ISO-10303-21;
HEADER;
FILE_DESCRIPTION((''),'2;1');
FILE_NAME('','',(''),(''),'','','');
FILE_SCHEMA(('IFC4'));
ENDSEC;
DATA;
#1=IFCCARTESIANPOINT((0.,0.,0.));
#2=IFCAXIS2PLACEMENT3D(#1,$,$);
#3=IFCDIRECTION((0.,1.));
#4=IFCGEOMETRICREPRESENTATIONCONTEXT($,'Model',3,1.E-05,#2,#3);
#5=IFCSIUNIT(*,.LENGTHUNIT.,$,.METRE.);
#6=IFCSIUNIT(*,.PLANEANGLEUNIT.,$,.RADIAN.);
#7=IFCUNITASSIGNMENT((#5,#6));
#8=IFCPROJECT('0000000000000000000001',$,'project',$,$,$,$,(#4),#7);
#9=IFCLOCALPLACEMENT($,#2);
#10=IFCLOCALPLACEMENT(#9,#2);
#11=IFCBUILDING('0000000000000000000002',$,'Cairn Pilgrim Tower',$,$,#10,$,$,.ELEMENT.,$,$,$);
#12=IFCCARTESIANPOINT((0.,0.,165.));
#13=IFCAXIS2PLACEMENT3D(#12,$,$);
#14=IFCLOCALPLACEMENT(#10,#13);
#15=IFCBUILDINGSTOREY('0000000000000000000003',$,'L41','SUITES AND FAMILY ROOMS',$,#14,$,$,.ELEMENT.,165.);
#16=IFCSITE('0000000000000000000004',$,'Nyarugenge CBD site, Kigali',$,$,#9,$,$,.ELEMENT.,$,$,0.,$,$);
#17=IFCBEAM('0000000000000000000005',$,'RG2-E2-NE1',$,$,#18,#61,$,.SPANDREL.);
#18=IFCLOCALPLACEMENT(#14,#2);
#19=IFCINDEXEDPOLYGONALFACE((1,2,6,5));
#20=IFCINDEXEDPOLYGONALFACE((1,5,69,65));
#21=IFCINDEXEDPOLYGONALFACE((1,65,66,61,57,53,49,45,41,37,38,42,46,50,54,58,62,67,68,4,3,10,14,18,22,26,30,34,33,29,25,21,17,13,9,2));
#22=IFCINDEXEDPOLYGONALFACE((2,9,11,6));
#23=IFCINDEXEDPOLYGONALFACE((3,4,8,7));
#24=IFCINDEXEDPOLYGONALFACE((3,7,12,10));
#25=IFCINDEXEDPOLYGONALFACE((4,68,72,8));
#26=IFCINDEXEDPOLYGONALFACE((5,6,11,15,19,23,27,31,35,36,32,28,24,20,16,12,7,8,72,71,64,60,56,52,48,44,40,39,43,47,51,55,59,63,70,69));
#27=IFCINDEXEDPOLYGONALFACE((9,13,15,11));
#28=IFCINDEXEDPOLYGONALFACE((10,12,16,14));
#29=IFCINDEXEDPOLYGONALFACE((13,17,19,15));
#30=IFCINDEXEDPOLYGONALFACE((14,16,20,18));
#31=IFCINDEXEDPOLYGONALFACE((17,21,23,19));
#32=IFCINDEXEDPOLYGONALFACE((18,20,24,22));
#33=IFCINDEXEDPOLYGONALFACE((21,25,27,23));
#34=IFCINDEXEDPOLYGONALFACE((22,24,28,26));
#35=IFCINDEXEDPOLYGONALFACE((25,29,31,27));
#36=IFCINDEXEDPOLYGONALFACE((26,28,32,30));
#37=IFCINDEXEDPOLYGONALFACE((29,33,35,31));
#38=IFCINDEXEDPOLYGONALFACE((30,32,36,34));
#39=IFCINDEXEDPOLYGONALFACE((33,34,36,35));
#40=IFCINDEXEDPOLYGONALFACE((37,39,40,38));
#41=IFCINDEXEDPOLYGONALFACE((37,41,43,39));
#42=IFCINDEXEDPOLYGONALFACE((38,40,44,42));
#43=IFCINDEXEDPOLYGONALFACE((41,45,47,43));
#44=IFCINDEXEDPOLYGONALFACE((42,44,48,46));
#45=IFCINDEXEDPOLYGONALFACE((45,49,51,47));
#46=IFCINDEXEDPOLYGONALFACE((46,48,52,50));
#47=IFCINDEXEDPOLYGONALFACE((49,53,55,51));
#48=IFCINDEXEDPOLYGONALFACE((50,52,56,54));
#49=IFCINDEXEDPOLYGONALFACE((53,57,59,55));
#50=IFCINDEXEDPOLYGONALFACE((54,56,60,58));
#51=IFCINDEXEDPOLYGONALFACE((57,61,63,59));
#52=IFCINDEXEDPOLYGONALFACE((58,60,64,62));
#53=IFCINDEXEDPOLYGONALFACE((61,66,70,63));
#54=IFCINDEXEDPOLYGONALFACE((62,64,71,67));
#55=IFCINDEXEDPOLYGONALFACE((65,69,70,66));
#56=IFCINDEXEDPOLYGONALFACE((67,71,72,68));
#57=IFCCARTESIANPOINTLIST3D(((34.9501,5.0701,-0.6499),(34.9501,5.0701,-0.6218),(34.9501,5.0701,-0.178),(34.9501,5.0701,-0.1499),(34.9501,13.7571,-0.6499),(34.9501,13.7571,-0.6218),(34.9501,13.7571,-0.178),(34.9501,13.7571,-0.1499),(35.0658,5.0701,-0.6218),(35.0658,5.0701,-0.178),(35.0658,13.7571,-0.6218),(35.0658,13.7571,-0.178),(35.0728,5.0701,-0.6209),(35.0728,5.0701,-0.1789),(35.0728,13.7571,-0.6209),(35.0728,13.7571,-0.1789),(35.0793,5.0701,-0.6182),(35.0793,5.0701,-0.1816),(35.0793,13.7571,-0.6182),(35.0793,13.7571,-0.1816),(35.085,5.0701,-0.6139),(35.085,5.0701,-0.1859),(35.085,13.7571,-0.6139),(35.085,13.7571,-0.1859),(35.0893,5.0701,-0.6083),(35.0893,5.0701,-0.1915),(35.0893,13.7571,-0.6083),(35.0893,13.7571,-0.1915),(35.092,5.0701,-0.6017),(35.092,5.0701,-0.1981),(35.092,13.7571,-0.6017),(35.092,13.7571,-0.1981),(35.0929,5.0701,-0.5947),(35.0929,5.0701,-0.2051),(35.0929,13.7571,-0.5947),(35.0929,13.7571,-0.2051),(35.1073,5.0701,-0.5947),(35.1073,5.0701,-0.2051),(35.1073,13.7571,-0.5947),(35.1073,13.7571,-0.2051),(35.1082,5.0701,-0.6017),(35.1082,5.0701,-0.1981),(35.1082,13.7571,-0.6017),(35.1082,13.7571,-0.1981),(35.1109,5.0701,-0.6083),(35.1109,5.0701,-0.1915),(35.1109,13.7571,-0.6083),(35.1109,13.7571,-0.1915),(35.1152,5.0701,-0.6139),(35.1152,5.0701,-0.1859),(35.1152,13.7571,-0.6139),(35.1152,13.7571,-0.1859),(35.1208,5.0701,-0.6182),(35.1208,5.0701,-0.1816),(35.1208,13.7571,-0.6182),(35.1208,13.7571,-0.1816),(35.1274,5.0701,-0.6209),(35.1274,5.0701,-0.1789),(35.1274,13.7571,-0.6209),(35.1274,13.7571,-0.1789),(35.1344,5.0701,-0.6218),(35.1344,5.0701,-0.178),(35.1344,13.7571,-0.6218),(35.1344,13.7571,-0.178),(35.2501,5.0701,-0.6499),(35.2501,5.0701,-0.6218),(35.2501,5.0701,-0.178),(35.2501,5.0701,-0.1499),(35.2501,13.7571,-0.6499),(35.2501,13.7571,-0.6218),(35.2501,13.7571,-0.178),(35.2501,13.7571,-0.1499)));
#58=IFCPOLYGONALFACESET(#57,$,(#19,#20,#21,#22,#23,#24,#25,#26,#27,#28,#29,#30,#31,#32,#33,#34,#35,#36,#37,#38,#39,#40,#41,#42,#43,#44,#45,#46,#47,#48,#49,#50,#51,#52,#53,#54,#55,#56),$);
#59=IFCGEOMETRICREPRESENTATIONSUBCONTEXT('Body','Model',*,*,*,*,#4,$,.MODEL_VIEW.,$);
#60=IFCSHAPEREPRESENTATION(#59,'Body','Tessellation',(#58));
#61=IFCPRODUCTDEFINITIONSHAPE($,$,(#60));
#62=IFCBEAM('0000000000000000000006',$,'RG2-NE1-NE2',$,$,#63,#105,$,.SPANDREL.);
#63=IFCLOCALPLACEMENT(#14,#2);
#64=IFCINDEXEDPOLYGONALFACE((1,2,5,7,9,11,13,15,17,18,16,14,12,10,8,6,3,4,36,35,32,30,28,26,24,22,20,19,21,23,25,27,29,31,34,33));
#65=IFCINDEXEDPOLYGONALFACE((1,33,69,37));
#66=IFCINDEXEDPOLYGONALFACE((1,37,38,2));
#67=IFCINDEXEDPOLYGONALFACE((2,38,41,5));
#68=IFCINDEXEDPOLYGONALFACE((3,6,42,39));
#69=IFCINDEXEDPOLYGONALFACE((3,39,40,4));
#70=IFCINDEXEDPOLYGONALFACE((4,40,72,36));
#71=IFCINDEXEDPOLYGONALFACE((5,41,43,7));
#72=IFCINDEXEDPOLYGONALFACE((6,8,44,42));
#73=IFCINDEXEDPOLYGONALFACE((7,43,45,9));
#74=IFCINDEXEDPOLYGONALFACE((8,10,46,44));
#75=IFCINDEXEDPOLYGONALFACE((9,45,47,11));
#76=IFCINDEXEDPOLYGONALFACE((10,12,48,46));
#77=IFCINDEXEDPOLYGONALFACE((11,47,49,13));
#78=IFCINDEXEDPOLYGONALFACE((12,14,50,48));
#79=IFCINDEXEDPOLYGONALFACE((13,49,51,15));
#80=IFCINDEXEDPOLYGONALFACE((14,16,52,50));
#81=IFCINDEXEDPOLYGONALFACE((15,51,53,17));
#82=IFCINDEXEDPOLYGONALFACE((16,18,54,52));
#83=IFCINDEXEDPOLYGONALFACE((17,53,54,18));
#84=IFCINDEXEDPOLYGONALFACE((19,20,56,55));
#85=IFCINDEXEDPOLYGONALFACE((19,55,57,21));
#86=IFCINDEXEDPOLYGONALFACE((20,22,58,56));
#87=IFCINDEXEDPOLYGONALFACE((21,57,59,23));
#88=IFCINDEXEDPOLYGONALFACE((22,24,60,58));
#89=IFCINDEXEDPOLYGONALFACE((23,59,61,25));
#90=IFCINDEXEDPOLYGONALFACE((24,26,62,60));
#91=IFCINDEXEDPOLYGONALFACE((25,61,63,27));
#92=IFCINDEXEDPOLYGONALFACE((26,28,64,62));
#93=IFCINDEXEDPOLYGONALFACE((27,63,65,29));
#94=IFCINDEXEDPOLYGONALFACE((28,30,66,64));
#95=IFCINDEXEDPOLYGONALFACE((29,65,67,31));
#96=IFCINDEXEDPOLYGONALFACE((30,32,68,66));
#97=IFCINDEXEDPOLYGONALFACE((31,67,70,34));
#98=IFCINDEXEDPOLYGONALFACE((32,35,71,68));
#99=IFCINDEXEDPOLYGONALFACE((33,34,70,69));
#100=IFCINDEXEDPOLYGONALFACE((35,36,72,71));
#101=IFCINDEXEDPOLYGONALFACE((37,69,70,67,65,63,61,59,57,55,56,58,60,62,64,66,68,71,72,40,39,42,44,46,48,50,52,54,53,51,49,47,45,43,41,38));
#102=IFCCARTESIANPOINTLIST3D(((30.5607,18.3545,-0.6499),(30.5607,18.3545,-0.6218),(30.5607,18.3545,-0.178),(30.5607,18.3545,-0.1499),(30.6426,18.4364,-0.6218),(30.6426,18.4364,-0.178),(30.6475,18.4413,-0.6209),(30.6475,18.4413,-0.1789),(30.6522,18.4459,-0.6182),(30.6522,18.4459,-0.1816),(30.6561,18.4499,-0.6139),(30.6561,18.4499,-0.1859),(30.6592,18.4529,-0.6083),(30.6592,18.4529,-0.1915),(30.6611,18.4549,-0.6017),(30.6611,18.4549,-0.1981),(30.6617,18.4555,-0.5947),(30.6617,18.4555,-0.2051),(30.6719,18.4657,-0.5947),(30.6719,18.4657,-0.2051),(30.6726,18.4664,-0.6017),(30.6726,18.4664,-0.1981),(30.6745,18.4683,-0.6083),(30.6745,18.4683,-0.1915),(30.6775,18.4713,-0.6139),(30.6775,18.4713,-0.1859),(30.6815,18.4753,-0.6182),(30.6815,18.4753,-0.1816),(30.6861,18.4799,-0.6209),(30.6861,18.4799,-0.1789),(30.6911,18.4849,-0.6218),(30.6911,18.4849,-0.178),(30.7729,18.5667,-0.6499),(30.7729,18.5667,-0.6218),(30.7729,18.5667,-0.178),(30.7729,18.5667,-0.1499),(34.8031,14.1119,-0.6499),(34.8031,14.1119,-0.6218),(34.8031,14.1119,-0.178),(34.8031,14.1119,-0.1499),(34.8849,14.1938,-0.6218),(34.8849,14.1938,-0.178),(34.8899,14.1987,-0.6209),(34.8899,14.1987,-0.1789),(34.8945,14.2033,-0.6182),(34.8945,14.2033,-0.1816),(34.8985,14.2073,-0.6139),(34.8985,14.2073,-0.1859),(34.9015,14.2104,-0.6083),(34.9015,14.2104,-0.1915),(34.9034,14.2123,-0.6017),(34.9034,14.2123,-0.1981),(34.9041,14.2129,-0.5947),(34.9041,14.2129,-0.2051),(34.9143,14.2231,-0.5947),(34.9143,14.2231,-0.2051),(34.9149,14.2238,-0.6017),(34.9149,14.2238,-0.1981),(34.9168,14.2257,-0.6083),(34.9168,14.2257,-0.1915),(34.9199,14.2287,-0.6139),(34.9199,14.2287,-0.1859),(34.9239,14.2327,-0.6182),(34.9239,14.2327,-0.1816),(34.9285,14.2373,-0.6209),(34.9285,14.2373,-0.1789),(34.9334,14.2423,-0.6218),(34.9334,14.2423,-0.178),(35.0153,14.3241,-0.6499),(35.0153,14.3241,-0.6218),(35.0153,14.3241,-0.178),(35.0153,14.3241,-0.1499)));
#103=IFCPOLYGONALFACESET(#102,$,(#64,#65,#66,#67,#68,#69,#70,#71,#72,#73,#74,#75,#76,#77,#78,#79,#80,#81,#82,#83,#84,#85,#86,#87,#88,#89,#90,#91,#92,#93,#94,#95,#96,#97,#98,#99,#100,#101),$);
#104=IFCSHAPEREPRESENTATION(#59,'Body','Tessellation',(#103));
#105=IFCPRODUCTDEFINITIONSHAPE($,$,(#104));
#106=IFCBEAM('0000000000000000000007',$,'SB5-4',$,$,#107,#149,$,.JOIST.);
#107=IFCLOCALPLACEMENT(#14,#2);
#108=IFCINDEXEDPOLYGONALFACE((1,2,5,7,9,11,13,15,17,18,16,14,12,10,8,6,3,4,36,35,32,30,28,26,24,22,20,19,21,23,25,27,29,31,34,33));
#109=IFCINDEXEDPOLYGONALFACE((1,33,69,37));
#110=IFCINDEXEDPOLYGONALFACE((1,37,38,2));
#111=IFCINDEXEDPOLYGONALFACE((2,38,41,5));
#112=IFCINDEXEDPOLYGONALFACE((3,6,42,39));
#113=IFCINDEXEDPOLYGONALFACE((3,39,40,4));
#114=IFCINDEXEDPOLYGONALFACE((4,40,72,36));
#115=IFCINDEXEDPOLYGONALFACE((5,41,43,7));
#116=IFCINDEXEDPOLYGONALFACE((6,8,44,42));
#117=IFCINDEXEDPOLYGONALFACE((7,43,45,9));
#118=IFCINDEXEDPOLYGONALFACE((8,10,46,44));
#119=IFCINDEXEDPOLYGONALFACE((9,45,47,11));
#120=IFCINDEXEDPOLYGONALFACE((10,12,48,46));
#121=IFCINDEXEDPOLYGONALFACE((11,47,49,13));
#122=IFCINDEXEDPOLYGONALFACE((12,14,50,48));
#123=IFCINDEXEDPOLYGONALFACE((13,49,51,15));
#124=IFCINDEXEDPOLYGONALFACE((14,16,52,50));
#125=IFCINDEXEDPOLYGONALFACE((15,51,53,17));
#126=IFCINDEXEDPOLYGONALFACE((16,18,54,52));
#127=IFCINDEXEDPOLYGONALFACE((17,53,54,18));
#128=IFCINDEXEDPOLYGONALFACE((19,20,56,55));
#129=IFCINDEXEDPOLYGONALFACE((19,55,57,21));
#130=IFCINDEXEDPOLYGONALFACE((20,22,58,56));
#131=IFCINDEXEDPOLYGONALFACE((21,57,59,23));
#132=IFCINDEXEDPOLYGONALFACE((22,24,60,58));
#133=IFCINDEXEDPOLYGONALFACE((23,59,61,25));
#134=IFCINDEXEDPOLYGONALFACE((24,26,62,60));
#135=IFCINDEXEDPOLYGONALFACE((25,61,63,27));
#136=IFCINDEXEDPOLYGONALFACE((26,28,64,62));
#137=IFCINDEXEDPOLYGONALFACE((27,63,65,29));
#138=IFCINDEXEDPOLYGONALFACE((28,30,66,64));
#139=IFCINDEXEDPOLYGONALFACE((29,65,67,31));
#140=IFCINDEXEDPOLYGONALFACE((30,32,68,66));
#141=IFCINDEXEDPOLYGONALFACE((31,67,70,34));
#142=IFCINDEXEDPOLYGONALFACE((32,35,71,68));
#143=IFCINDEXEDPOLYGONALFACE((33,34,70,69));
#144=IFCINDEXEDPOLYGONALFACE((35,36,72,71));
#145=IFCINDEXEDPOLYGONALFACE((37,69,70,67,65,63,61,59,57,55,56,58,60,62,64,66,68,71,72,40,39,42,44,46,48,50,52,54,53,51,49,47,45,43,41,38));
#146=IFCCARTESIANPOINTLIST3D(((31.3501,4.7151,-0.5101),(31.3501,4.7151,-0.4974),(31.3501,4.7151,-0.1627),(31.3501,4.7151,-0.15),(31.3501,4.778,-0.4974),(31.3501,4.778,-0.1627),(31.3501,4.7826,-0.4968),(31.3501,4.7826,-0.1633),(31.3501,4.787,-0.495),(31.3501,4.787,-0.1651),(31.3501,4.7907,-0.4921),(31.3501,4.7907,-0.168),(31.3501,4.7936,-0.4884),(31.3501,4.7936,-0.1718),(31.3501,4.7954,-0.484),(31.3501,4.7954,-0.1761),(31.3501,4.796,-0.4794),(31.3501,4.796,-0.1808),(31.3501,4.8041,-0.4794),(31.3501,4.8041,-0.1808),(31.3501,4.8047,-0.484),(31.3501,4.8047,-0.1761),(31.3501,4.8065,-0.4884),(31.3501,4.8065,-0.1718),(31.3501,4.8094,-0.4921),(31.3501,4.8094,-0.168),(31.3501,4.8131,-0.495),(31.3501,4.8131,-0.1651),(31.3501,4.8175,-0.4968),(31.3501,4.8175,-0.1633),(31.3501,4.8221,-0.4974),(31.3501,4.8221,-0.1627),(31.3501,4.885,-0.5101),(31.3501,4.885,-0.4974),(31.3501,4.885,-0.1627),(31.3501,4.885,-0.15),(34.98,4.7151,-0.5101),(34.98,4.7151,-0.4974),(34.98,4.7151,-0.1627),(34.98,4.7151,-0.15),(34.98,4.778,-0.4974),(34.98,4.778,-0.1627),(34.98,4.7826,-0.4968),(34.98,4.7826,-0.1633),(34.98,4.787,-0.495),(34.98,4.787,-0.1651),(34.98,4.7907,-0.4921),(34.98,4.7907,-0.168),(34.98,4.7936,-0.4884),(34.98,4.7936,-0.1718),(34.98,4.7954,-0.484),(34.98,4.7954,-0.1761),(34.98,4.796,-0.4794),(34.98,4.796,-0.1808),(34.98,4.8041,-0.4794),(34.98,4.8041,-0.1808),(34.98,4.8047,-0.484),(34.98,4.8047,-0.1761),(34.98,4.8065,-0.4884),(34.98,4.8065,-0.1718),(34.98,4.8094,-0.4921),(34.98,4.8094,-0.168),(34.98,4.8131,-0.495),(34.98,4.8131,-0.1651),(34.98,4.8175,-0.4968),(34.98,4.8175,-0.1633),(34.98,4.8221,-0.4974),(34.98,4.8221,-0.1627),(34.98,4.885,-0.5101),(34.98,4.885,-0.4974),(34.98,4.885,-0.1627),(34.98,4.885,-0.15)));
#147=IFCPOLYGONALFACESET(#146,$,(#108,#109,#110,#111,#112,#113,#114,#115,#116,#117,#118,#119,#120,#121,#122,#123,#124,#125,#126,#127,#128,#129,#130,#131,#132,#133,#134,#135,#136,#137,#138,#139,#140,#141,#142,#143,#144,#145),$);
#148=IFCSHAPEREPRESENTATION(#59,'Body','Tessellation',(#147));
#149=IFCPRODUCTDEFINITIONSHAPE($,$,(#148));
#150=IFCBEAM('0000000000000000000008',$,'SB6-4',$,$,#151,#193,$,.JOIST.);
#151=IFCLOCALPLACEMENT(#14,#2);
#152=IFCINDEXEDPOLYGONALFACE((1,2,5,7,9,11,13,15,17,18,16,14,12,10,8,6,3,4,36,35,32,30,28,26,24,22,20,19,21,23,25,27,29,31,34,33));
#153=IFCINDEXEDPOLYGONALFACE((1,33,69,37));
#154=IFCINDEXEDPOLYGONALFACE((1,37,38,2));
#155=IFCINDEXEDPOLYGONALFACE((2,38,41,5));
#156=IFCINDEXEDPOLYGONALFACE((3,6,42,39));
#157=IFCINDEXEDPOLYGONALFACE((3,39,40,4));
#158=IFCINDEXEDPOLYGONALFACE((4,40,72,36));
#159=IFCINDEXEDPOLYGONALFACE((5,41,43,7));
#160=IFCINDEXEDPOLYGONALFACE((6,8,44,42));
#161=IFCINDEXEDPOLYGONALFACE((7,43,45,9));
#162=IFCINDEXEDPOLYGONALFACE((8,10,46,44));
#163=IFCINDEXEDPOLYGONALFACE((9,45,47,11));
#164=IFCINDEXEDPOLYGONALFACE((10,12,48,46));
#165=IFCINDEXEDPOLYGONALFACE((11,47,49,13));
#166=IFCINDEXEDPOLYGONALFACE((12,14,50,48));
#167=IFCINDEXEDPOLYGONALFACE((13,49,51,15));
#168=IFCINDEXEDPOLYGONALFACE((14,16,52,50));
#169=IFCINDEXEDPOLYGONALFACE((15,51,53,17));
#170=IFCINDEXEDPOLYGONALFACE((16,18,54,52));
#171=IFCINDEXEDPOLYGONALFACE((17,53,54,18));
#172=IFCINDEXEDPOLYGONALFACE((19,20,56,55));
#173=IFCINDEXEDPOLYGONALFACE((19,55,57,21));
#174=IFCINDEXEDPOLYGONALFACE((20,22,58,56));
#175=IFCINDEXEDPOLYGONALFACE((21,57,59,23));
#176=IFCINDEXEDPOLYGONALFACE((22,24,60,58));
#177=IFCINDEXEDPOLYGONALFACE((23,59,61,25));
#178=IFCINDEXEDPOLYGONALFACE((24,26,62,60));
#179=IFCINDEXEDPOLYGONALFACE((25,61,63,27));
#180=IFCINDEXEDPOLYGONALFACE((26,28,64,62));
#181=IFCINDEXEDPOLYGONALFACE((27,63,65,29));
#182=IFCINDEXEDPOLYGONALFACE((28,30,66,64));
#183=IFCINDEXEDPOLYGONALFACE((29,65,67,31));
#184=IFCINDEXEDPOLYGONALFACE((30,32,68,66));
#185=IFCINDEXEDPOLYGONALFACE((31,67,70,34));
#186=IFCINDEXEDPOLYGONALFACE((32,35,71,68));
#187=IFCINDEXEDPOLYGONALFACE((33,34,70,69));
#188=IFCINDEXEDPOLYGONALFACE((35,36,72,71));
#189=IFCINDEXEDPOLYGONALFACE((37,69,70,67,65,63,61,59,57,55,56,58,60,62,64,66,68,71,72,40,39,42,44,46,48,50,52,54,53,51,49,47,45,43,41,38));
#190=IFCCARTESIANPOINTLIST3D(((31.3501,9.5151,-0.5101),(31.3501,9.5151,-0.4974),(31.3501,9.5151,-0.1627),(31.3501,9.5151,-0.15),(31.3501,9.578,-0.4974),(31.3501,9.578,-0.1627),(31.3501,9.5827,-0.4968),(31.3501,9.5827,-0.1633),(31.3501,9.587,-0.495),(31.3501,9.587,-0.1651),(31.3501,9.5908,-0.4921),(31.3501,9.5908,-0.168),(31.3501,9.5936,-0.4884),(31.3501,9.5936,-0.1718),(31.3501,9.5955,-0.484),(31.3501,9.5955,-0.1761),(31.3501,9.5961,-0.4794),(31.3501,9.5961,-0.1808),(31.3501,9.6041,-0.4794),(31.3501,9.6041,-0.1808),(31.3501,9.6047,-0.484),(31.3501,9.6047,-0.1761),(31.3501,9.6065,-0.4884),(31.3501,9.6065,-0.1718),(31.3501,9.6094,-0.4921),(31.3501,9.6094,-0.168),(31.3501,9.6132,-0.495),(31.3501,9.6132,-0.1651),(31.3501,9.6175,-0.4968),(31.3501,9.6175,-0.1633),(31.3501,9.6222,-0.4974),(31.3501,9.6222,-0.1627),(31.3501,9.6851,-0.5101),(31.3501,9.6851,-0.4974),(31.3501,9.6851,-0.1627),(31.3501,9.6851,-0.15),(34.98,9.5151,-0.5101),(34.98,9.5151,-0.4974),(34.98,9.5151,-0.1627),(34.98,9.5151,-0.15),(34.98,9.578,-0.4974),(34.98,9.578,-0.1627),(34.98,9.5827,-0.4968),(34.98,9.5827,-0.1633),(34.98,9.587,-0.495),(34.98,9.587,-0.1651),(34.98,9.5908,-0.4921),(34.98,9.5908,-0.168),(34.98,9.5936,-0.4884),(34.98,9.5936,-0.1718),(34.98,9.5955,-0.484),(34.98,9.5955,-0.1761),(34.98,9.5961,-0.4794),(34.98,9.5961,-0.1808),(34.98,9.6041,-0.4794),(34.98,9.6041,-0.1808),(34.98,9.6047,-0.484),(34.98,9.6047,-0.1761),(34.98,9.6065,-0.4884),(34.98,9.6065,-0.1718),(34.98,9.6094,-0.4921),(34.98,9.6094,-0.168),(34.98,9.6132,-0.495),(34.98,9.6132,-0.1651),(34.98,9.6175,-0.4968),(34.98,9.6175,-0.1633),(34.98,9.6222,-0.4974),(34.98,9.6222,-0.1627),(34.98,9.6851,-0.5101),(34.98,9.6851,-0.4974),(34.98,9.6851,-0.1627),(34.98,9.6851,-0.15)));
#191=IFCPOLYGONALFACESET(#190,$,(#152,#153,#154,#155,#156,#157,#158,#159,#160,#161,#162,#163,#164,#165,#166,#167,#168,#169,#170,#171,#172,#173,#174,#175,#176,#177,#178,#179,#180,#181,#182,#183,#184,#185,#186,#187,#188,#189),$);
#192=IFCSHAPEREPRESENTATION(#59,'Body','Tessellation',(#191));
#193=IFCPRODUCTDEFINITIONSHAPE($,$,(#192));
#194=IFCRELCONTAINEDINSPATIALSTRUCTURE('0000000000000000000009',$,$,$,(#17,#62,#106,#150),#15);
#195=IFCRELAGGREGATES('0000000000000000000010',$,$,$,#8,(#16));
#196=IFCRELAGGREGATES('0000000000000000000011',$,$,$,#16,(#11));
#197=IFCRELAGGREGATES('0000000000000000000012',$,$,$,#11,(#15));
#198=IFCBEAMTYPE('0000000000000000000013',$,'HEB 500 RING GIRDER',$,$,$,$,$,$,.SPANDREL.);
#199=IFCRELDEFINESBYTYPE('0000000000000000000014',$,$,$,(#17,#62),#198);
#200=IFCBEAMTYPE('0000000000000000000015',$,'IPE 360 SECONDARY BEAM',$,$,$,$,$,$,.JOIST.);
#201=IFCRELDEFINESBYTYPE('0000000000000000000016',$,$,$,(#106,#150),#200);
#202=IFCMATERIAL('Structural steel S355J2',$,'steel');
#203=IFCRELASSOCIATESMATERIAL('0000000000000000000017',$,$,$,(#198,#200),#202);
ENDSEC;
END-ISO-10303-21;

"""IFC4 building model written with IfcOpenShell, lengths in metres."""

from ifc_helpers import new_model, si_unit, direction, frame, origin, origin_2d, place, context, subcontext, project, spatial, i_section, extrude, material, material_profile, profile_set, type_object, element, save


model = new_model("IFC4")

# Units and contexts
model_context = context("Model", 3, precision=1e-05, world=origin(), true_north=direction((0.0, 1.0)))
body_context = subcontext(model_context, "Body", "Model", "MODEL_VIEW")
ifc_project = project(units=[si_unit("LENGTHUNIT", "METRE"), si_unit("PLANEANGLEUNIT", "RADIAN")], contexts=[model_context])

# Site, building, storey
site_placement = place(None, origin())
site = spatial("IfcSite", under=ifc_project, at=site_placement, Name="Nyarugenge CBD site, Kigali", CompositionType="ELEMENT", RefElevation=0.0)
building_placement = place(site_placement, origin())
building = spatial("IfcBuilding", under=site, at=building_placement, Name="Cairn Pilgrim Tower", CompositionType="ELEMENT")
storey_placement = place(building_placement, frame((0.0, 0.0, 165.0)))
storey = spatial("IfcBuildingStorey", under=building, at=storey_placement, Name="L41", Description="SUITES AND FAMILY ROOMS", CompositionType="ELEMENT", Elevation=165.0)

# Beams
ifc_material_1 = material(Name="Structural steel S355J2", Category="steel")
ifc_material_profile_1 = material_profile(ifc_material_1, i_section(OverallWidth=0.3, OverallDepth=0.5, WebThickness=0.0144, FlangeThickness=0.0281, FilletRadius=0.0271, at=origin_2d()), Name="HEB 500")
ifc_profile_set_1 = profile_set([ifc_material_profile_1], Name="Structural steel S355J2")
beam_type_1 = type_object("IfcBeamType", Name="HEB 500 RING GIRDER", PredefinedType="SPANDREL", material=ifc_profile_set_1)
beam_1_placement = place(storey_placement, frame((35.1001, 5.0701, -0.3999), z_axis=(0.0, 1.0, 0.0), x_axis=(-1.0, 0.0, 0.0)))
element("IfcBeam", 1, at=beam_1_placement, inside=storey, type_object=beam_type_1, Name="RG2-E2-NE1", PredefinedType="SPANDREL", context=body_context, shape_type="SweptSolid", body=[
    extrude(i_section(OverallWidth=0.3, OverallDepth=0.5, WebThickness=0.0144, FlangeThickness=0.0281, FilletRadius=0.0271, at=origin_2d()), origin(), (0.0, 0.0, 1.0), 8.687),
])
beam_2_placement = place(storey_placement, frame((34.9092, 14.218, -0.3999), z_axis=(-0.707086, 0.707127, 0.0), x_axis=(-0.707127, -0.707086, 0.0)))
element("IfcBeam", 2, at=beam_2_placement, inside=storey, type_object=beam_type_1, Name="RG2-NE1-NE2", PredefinedType="SPANDREL", context=body_context, shape_type="SweptSolid", body=[
    extrude(i_section(OverallWidth=0.3, OverallDepth=0.5, WebThickness=0.0144, FlangeThickness=0.0281, FilletRadius=0.0271, at=origin_2d()), origin(), (0.0, 0.0, 1.0), 5.9998),
])
ifc_material_profile_2 = material_profile(ifc_material_1, i_section(OverallWidth=0.1699, OverallDepth=0.3601, WebThickness=0.0081, FlangeThickness=0.0127, FilletRadius=0.0181, at=origin_2d()), Name="IPE 360")
ifc_profile_set_2 = profile_set([ifc_material_profile_2], Name="Structural steel S355J2")
beam_type_2 = type_object("IfcBeamType", Name="IPE 360 SECONDARY BEAM", PredefinedType="JOIST", material=ifc_profile_set_2)
for number, where, z_axis, x_axis, name in (
    (3, (31.3501, 4.8, -0.3301), (1.0, 0.0, 0.0), (0.0, 1.0, 0.0), "SB5-4"),
    (4, (31.3501, 9.6001, -0.3301), (1.0, 0.0, 0.0), (0.0, 1.0, 0.0), "SB6-4"),
):
    element("IfcBeam", number, at=place(storey_placement, frame(where, z_axis=z_axis, x_axis=x_axis)), inside=storey, type_object=beam_type_2, Name=name, PredefinedType="JOIST", context=body_context, shape_type="SweptSolid", body=[
        extrude(i_section(OverallWidth=0.1699, OverallDepth=0.3601, WebThickness=0.0081, FlangeThickness=0.0127, FilletRadius=0.0181, at=origin_2d()), origin(), (0.0, 0.0, 1.0), 3.6299),
    ])

save(model, "model.ifc")
